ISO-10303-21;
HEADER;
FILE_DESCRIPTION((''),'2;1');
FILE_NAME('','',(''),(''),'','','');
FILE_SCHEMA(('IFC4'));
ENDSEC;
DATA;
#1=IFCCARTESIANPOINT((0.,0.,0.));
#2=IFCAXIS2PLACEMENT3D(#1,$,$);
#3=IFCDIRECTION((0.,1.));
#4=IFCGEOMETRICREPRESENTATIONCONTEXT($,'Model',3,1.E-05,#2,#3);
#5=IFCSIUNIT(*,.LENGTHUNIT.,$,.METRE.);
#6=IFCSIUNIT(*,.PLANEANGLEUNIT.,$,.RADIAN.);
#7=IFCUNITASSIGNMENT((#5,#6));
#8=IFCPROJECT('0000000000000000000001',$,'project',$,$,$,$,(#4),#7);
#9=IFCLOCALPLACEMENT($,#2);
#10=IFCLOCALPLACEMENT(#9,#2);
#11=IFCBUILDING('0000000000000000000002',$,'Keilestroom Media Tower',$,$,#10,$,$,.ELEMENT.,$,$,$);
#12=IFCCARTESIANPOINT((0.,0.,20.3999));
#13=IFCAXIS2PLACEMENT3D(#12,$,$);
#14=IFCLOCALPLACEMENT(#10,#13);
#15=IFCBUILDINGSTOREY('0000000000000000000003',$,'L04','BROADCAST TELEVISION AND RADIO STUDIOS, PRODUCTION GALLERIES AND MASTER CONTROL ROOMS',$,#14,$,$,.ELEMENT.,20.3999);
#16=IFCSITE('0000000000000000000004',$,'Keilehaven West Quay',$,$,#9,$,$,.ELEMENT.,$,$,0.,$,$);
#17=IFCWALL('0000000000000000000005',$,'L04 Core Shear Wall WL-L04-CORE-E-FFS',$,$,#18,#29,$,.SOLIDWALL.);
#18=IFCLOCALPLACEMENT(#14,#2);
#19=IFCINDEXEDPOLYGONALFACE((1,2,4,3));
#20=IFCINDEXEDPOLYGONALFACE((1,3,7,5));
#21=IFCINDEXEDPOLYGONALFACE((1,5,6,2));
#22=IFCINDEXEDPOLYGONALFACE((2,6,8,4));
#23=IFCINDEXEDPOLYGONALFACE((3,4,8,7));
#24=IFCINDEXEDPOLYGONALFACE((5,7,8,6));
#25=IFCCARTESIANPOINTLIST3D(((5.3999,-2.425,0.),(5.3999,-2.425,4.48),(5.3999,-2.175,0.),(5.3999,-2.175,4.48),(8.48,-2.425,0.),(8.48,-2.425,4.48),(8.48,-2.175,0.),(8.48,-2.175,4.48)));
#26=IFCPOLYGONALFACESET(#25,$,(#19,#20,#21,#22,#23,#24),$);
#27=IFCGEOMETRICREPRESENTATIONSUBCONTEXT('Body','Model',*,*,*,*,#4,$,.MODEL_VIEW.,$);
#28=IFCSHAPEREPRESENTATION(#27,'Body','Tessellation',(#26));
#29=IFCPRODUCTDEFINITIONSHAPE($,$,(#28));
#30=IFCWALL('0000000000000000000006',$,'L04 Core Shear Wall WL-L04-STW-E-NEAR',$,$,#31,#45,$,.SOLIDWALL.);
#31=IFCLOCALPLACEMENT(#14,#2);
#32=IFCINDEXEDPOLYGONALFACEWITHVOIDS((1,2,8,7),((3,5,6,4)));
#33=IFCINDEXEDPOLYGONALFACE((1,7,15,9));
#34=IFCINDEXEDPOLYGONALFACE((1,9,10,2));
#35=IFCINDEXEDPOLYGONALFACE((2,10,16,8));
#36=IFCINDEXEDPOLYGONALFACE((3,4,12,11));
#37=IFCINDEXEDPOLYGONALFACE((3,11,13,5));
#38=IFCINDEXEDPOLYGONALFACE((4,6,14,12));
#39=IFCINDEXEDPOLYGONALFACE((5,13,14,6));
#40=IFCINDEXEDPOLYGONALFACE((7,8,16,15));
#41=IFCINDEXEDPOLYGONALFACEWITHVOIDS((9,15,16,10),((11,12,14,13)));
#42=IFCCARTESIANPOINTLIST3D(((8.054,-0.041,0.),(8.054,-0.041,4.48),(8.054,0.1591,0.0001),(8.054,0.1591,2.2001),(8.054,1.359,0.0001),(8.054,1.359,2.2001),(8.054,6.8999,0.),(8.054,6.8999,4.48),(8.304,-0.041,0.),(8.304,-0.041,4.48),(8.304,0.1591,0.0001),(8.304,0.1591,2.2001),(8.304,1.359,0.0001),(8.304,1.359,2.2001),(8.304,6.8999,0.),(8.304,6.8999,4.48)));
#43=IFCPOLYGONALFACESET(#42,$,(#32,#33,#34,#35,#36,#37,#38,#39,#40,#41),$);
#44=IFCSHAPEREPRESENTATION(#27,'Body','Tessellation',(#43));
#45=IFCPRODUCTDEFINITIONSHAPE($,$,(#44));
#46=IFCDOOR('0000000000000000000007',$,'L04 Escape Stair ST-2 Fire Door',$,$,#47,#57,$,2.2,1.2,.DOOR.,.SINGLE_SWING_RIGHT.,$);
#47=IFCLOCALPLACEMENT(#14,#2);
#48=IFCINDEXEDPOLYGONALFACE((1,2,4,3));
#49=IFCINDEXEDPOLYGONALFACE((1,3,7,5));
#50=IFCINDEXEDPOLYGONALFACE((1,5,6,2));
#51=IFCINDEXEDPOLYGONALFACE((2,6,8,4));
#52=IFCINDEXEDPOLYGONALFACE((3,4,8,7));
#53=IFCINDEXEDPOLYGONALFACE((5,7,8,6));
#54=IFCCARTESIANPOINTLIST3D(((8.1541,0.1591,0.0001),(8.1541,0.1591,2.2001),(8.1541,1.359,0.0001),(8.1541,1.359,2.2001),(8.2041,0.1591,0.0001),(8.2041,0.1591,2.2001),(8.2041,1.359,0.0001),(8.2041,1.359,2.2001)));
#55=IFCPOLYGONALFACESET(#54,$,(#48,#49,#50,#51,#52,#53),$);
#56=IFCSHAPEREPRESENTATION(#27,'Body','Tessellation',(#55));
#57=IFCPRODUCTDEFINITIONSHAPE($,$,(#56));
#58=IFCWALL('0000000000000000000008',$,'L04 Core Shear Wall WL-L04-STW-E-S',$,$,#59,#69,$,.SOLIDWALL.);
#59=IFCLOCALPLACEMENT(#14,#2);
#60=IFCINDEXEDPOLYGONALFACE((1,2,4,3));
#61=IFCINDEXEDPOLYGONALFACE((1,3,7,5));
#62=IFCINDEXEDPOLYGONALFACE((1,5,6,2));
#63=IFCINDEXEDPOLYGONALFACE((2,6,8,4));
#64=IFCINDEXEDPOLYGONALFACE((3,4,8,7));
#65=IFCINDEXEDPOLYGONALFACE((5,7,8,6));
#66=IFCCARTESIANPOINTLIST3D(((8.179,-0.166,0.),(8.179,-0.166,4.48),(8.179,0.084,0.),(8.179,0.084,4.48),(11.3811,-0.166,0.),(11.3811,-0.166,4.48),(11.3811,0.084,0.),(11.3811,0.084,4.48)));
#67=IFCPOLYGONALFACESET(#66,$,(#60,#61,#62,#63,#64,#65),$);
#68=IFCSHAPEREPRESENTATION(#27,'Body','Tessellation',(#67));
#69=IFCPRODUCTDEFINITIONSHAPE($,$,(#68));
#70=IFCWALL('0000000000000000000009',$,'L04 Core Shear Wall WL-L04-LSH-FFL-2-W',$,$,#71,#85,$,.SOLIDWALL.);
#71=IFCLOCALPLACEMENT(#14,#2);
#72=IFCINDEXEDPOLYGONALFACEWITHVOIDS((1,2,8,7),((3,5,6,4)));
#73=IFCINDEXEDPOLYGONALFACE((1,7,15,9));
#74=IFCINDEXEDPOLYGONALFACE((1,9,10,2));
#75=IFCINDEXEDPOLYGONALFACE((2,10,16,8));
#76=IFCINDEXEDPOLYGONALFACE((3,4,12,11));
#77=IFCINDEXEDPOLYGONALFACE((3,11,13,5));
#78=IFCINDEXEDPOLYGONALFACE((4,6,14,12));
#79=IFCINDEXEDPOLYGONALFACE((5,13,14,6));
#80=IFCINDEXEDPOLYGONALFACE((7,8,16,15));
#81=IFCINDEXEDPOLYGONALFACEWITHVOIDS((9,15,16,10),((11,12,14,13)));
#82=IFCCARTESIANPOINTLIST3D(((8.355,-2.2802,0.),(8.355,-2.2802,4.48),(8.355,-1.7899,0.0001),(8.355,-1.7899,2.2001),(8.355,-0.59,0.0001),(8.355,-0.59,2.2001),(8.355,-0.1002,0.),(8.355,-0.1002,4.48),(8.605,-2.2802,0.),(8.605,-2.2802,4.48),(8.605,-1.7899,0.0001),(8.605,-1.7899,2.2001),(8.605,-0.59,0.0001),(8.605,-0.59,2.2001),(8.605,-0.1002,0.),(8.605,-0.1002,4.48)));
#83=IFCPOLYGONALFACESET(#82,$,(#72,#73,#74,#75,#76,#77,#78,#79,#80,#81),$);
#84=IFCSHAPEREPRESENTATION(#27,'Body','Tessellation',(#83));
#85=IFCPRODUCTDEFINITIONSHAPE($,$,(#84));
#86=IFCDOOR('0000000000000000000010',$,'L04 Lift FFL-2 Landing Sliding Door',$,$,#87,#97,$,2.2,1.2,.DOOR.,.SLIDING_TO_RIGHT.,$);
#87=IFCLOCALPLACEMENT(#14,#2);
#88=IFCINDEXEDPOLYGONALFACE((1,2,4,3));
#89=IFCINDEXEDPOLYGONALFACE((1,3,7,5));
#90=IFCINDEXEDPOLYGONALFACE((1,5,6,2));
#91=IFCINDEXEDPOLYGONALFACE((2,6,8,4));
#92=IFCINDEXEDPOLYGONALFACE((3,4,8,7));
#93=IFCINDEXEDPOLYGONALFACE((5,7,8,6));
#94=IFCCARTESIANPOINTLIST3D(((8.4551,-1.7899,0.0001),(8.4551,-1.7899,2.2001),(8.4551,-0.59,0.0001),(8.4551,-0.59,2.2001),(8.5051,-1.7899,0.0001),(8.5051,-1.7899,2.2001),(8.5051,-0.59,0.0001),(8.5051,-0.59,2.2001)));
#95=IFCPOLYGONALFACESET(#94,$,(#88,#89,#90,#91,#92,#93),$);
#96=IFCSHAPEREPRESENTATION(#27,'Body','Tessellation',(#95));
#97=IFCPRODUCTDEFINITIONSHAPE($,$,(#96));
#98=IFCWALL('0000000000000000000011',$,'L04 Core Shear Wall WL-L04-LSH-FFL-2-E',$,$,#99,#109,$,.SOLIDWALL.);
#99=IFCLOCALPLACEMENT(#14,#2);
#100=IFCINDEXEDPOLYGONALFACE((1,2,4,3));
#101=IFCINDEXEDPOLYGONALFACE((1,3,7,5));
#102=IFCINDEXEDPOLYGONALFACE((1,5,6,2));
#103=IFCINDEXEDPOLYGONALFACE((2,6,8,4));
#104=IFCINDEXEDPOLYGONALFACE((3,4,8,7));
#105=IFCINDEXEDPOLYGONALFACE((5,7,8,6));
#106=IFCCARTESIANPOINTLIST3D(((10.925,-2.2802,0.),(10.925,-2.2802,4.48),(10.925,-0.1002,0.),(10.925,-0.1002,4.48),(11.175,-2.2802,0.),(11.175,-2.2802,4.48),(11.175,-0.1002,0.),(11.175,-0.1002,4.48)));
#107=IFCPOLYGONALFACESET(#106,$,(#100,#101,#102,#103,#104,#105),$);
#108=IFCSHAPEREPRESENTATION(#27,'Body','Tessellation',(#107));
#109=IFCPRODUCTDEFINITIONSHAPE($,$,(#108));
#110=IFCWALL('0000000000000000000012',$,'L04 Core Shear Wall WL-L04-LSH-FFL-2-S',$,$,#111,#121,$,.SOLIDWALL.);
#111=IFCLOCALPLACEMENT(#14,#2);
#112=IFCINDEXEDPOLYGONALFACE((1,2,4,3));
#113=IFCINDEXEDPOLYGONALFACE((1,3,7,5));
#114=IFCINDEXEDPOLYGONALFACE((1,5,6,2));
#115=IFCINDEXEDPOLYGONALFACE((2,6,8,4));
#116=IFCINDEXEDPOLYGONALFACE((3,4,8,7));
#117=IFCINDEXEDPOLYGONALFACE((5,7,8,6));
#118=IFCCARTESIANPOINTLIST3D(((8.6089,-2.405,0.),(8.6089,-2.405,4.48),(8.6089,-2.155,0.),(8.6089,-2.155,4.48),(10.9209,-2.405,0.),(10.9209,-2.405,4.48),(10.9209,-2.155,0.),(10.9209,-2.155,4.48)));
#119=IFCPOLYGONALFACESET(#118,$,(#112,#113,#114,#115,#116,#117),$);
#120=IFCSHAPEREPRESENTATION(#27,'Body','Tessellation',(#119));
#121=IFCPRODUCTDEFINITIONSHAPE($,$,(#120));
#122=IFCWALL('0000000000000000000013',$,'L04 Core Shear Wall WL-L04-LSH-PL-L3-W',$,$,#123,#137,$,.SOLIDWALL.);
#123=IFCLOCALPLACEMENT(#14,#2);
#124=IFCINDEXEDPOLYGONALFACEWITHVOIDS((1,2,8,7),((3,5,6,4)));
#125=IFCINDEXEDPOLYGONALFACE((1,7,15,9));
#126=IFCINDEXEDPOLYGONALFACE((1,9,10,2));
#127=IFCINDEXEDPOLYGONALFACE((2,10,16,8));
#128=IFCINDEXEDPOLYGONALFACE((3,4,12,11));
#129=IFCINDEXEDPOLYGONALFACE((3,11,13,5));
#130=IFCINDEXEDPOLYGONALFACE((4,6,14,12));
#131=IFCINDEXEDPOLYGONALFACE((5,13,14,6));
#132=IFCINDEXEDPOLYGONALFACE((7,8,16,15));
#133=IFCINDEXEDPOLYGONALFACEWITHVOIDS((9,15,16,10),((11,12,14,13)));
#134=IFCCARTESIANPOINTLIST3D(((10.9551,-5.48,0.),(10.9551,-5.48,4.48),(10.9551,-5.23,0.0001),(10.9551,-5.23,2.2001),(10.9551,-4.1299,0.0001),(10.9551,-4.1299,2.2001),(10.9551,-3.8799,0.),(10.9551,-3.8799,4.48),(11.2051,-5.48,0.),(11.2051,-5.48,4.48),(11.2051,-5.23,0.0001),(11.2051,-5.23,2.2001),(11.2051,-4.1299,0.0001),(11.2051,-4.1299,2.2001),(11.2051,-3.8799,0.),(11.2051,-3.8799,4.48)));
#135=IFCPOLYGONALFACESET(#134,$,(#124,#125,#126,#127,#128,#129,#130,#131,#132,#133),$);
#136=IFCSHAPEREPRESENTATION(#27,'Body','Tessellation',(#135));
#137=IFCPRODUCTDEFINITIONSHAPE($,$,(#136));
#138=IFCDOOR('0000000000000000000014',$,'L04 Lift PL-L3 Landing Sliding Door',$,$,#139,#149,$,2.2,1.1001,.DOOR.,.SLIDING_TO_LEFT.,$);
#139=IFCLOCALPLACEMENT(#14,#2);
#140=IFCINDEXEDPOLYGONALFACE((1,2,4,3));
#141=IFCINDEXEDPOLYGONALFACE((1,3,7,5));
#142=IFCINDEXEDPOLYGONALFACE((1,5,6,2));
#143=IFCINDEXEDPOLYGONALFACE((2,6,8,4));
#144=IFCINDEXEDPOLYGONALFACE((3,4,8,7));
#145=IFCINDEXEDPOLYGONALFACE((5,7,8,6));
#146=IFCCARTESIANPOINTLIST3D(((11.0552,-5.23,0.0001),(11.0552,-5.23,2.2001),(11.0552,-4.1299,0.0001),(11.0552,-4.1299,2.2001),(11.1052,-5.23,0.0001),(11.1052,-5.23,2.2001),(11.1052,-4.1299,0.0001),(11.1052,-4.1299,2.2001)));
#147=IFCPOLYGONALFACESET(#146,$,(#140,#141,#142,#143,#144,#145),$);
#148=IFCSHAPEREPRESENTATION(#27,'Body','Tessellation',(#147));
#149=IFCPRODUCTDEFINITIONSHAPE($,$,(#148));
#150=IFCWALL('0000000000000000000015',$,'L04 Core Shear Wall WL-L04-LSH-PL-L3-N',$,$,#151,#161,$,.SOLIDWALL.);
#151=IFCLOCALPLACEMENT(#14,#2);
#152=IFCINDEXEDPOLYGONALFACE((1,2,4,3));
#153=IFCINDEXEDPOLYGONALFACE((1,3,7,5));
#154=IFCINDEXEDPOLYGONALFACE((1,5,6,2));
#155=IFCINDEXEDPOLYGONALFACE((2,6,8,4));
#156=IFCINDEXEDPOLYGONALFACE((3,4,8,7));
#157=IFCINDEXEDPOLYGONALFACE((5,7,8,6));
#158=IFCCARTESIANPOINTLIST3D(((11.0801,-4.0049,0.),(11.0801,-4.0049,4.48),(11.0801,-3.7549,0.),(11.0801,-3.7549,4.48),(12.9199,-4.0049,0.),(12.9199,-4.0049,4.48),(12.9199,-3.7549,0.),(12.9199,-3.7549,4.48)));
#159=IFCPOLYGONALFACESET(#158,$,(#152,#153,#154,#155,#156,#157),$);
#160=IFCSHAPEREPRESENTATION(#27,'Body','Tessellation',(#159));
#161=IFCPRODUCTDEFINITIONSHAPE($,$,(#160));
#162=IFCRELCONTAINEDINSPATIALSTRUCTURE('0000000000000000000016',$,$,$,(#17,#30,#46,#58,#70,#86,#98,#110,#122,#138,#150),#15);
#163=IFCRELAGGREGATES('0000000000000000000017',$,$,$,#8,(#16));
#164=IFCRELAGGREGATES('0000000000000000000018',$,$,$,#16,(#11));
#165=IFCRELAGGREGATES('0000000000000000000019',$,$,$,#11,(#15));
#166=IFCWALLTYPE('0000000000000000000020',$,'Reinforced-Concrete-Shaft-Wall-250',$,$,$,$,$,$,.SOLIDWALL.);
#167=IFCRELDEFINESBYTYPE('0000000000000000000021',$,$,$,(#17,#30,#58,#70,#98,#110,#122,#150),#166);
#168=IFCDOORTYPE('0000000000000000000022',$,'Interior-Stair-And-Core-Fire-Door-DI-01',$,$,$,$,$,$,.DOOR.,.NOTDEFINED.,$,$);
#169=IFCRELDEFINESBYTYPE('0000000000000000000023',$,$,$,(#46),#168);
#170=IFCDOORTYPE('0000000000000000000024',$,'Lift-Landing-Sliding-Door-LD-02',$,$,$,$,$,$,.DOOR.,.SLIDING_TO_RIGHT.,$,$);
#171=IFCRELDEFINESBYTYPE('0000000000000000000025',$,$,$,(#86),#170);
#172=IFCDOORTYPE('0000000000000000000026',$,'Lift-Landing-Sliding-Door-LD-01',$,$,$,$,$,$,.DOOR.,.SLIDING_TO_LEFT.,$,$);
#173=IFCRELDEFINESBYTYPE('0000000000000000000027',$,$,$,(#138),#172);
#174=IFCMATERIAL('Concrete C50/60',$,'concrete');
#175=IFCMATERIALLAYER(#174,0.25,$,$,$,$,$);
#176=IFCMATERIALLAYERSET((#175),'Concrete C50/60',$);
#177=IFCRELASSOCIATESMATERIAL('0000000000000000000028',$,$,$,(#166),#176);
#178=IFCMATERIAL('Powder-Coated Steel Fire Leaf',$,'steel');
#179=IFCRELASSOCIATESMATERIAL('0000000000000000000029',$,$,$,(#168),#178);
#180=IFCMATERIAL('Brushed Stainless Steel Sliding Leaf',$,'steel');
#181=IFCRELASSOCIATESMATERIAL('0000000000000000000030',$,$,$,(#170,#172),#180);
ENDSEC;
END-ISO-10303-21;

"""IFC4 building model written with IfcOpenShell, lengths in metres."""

from ifc_helpers import new_model, si_unit, direction, frame, frame_2d, origin, place, context, subcontext, project, spatial, rectangle, extrude, source, transform, mapped, material, layer, layer_set, type_object, element, fill, save


model = new_model("IFC4")

# Units and contexts
model_context = context("Model", 3, precision=1e-05, world=origin(), true_north=direction((0.0, 1.0)))
body_context = subcontext(model_context, "Body", "Model", "MODEL_VIEW")
ifc_project = project(units=[si_unit("LENGTHUNIT", "METRE"), si_unit("PLANEANGLEUNIT", "RADIAN")], contexts=[model_context])

# Site, building, storey
site_placement = place(None, origin())
site = spatial("IfcSite", under=ifc_project, at=site_placement, Name="Keilehaven West Quay", CompositionType="ELEMENT", RefElevation=0.0)
building_placement = place(site_placement, origin())
building = spatial("IfcBuilding", under=site, at=building_placement, Name="Keilestroom Media Tower", CompositionType="ELEMENT")
storey_placement = place(building_placement, frame((0.0, 0.0, 20.3999)))
storey = spatial("IfcBuildingStorey", under=building, at=storey_placement, Name="L04", Description="BROADCAST TELEVISION AND RADIO STUDIOS, PRODUCTION GALLERIES AND MASTER CONTROL ROOMS", CompositionType="ELEMENT", Elevation=20.3999)

# Shared definitions
ifc_material_1 = material(Name="Powder-Coated Steel Fire Leaf", Category="steel")
shared_shape_1 = source(origin(), body_context, "Body", "SweptSolid", [
    extrude(rectangle(XDim=1.2, YDim=2.2, at=frame_2d((0.6001, 1.1001))), frame((0.0, 0.0249, 0.0), z_axis=(0.0, -1.0, 0.0), x_axis=(1.0, 0.0, 0.0)), (0.0, 0.0, 1.0), 0.05),
])

# Wall
ifc_material_2 = material(Name="Concrete C50/60", Category="concrete")
ifc_layer_1 = layer(ifc_material_2, 0.25)
ifc_layer_set_1 = layer_set([ifc_layer_1], Name="Concrete C50/60")
wall_type_1 = type_object("IfcWallType", Name="Reinforced-Concrete-Shaft-Wall-250", PredefinedType="SOLIDWALL", material=ifc_layer_set_1)
wall_1_placement = place(storey_placement, frame((5.3999, -2.3, 0.0), z_axis=(0.0, 0.0, 1.0), x_axis=(1.0, 0.0, 0.0)))
element("IfcWall", 1, at=wall_1_placement, inside=storey, type_object=wall_type_1, Name="L04 Core Shear Wall WL-L04-CORE-E-FFS", PredefinedType="SOLIDWALL", context=body_context, shape_type="SweptSolid", body=[
    extrude(rectangle(XDim=3.0801, YDim=0.25, at=frame_2d((1.54, 0.0))), origin(), (0.0, 0.0, 1.0), 4.48),
])

# Wall, opening, door
wall_2_placement = place(storey_placement, frame((8.179, -0.041, 0.0), z_axis=(0.0, 0.0, 1.0), x_axis=(0.0, 1.0, 0.0)))
wall_2 = element("IfcWall", 2, at=wall_2_placement, inside=storey, type_object=wall_type_1, Name="L04 Core Shear Wall WL-L04-STW-E-NEAR", PredefinedType="SOLIDWALL", context=body_context, shape_type="SweptSolid", body=[
    extrude(rectangle(XDim=6.9409, YDim=0.25, at=frame_2d((3.4705, 0.0))), origin(), (0.0, 0.0, 1.0), 4.48),
])
opening_1_placement = place(wall_2_placement, frame((0.2, 0.0, 0.0)))
opening_1 = element("IfcOpeningElement", 3, at=opening_1_placement, cuts=wall_2, PredefinedType="OPENING", context=body_context, shape_type="SweptSolid", body=[
    extrude(rectangle(XDim=1.2, YDim=2.2, at=frame_2d((0.6001, 1.1001))), frame((0.0, 0.135, 0.0), z_axis=(0.0, -1.0, 0.0), x_axis=(1.0, 0.0, 0.0)), (0.0, 0.0, 1.0), 0.27),
])
door_type_1 = type_object("IfcDoorType", Name="Interior-Stair-And-Core-Fire-Door-DI-01", OperationType="NOTDEFINED", PredefinedType="DOOR", material=ifc_material_1)
door_1_placement = place(opening_1_placement, origin())
door_1 = element("IfcDoor", 4, at=door_1_placement, inside=storey, type_object=door_type_1, Name="L04 Escape Stair ST-2 Fire Door", OperationType="SINGLE_SWING_RIGHT", OverallHeight=2.2, OverallWidth=1.2, PredefinedType="DOOR", context=body_context, shape_type="MappedRepresentation", body=[
    mapped(shared_shape_1, transform((0.0, 0.0, 0.0), x_axis=(1.0, 0.0, 0.0), y_axis=(0.0, 1.0, 0.0), z_axis=(0.0, 0.0, 1.0), scale=1.0)),
])
fill(opening_1, door_1)

# Wall
wall_3_placement = place(storey_placement, frame((8.179, -0.041, 0.0), z_axis=(0.0, 0.0, 1.0), x_axis=(1.0, 0.0, 0.0)))
element("IfcWall", 5, at=wall_3_placement, inside=storey, type_object=wall_type_1, Name="L04 Core Shear Wall WL-L04-STW-E-S", PredefinedType="SOLIDWALL", context=body_context, shape_type="SweptSolid", body=[
    extrude(rectangle(XDim=3.2021, YDim=0.25, at=frame_2d((1.6011, 0.0))), origin(), (0.0, 0.0, 1.0), 4.48),
])

# Wall, opening, door
wall_4_placement = place(storey_placement, frame((8.48, -2.28, 0.0), z_axis=(0.0, 0.0, 1.0), x_axis=(0.0, 1.0, 0.0)))
wall_4 = element("IfcWall", 6, at=wall_4_placement, inside=storey, type_object=wall_type_1, Name="L04 Core Shear Wall WL-L04-LSH-FFL-2-W", PredefinedType="SOLIDWALL", context=body_context, shape_type="SweptSolid", body=[
    extrude(rectangle(XDim=2.1799, YDim=0.25, at=frame_2d((1.0898, 0.0))), origin(), (0.0, 0.0, 1.0), 4.48),
])
opening_2_placement = place(wall_4_placement, frame((0.49, 0.0, 0.0)))
opening_2 = element("IfcOpeningElement", 7, at=opening_2_placement, cuts=wall_4, PredefinedType="OPENING", context=body_context, shape_type="SweptSolid", body=[
    extrude(rectangle(XDim=1.2, YDim=2.2, at=frame_2d((0.6001, 1.1001))), frame((0.0, 0.135, 0.0), z_axis=(0.0, -1.0, 0.0), x_axis=(1.0, 0.0, 0.0)), (0.0, 0.0, 1.0), 0.27),
])
ifc_material_3 = material(Name="Brushed Stainless Steel Sliding Leaf", Category="steel")
door_type_2 = type_object("IfcDoorType", Name="Lift-Landing-Sliding-Door-LD-02", OperationType="SLIDING_TO_RIGHT", PredefinedType="DOOR", material=ifc_material_3)
door_2_placement = place(opening_2_placement, origin())
door_2 = element("IfcDoor", 8, at=door_2_placement, inside=storey, type_object=door_type_2, Name="L04 Lift FFL-2 Landing Sliding Door", OperationType="SLIDING_TO_RIGHT", OverallHeight=2.2, OverallWidth=1.2, PredefinedType="DOOR", context=body_context, shape_type="MappedRepresentation", body=[
    mapped(shared_shape_1, transform((0.0, 0.0, 0.0), x_axis=(1.0, 0.0, 0.0), y_axis=(0.0, 1.0, 0.0), z_axis=(0.0, 0.0, 1.0), scale=1.0)),
])
fill(opening_2, door_2)

# Walls
wall_5_placement = place(storey_placement, frame((11.05, -2.28, 0.0), z_axis=(0.0, 0.0, 1.0), x_axis=(0.0, 1.0, 0.0)))
element("IfcWall", 9, at=wall_5_placement, inside=storey, type_object=wall_type_1, Name="L04 Core Shear Wall WL-L04-LSH-FFL-2-E", PredefinedType="SOLIDWALL", context=body_context, shape_type="SweptSolid", body=[
    extrude(rectangle(XDim=2.1799, YDim=0.25, at=frame_2d((1.0898, 0.0))), origin(), (0.0, 0.0, 1.0), 4.48),
])
wall_6_placement = place(storey_placement, frame((8.6089, -2.28, 0.0), z_axis=(0.0, 0.0, 1.0), x_axis=(1.0, 0.0, 0.0)))
element("IfcWall", 10, at=wall_6_placement, inside=storey, type_object=wall_type_1, Name="L04 Core Shear Wall WL-L04-LSH-FFL-2-S", PredefinedType="SOLIDWALL", context=body_context, shape_type="SweptSolid", body=[
    extrude(rectangle(XDim=2.312, YDim=0.25, at=frame_2d((1.156, 0.0))), origin(), (0.0, 0.0, 1.0), 4.48),
])

# Wall, opening, door
wall_7_placement = place(storey_placement, frame((11.0801, -5.48, 0.0), z_axis=(0.0, 0.0, 1.0), x_axis=(0.0, 1.0, 0.0)))
wall_7 = element("IfcWall", 11, at=wall_7_placement, inside=storey, type_object=wall_type_1, Name="L04 Core Shear Wall WL-L04-LSH-PL-L3-W", PredefinedType="SOLIDWALL", context=body_context, shape_type="SweptSolid", body=[
    extrude(rectangle(XDim=1.6001, YDim=0.25, at=frame_2d((0.8, 0.0))), origin(), (0.0, 0.0, 1.0), 4.48),
])
opening_3_placement = place(wall_7_placement, frame((0.25, 0.0, 0.0)))
opening_3 = element("IfcOpeningElement", 12, at=opening_3_placement, cuts=wall_7, PredefinedType="OPENING", context=body_context, shape_type="SweptSolid", body=[
    extrude(rectangle(XDim=1.1001, YDim=2.2, at=frame_2d((0.55, 1.1001))), frame((0.0, 0.135, 0.0), z_axis=(0.0, -1.0, 0.0), x_axis=(1.0, 0.0, 0.0)), (0.0, 0.0, 1.0), 0.27),
])
door_type_3 = type_object("IfcDoorType", Name="Lift-Landing-Sliding-Door-LD-01", OperationType="SLIDING_TO_LEFT", PredefinedType="DOOR", material=ifc_material_3)
shared_shape_2 = source(origin(), body_context, "Body", "SweptSolid", [
    extrude(rectangle(XDim=1.1001, YDim=2.2, at=frame_2d((0.55, 1.1001))), frame((0.0, 0.0249, 0.0), z_axis=(0.0, -1.0, 0.0), x_axis=(1.0, 0.0, 0.0)), (0.0, 0.0, 1.0), 0.05),
])
door_3_placement = place(opening_3_placement, origin())
door_3 = element("IfcDoor", 13, at=door_3_placement, inside=storey, type_object=door_type_3, Name="L04 Lift PL-L3 Landing Sliding Door", OperationType="SLIDING_TO_LEFT", OverallHeight=2.2, OverallWidth=1.1001, PredefinedType="DOOR", context=body_context, shape_type="MappedRepresentation", body=[
    mapped(shared_shape_2, transform((0.0, 0.0, 0.0), x_axis=(1.0, 0.0, 0.0), y_axis=(0.0, 1.0, 0.0), z_axis=(0.0, 0.0, 1.0), scale=1.0)),
])
fill(opening_3, door_3)

# Wall
wall_8_placement = place(storey_placement, frame((11.0801, -3.8799, 0.0), z_axis=(0.0, 0.0, 1.0), x_axis=(1.0, 0.0, 0.0)))
element("IfcWall", 14, at=wall_8_placement, inside=storey, type_object=wall_type_1, Name="L04 Core Shear Wall WL-L04-LSH-PL-L3-N", PredefinedType="SOLIDWALL", context=body_context, shape_type="SweptSolid", body=[
    extrude(rectangle(XDim=1.8398, YDim=0.25, at=frame_2d((0.9199, 0.0))), origin(), (0.0, 0.0, 1.0), 4.48),
])

save(model, "model.ifc")
